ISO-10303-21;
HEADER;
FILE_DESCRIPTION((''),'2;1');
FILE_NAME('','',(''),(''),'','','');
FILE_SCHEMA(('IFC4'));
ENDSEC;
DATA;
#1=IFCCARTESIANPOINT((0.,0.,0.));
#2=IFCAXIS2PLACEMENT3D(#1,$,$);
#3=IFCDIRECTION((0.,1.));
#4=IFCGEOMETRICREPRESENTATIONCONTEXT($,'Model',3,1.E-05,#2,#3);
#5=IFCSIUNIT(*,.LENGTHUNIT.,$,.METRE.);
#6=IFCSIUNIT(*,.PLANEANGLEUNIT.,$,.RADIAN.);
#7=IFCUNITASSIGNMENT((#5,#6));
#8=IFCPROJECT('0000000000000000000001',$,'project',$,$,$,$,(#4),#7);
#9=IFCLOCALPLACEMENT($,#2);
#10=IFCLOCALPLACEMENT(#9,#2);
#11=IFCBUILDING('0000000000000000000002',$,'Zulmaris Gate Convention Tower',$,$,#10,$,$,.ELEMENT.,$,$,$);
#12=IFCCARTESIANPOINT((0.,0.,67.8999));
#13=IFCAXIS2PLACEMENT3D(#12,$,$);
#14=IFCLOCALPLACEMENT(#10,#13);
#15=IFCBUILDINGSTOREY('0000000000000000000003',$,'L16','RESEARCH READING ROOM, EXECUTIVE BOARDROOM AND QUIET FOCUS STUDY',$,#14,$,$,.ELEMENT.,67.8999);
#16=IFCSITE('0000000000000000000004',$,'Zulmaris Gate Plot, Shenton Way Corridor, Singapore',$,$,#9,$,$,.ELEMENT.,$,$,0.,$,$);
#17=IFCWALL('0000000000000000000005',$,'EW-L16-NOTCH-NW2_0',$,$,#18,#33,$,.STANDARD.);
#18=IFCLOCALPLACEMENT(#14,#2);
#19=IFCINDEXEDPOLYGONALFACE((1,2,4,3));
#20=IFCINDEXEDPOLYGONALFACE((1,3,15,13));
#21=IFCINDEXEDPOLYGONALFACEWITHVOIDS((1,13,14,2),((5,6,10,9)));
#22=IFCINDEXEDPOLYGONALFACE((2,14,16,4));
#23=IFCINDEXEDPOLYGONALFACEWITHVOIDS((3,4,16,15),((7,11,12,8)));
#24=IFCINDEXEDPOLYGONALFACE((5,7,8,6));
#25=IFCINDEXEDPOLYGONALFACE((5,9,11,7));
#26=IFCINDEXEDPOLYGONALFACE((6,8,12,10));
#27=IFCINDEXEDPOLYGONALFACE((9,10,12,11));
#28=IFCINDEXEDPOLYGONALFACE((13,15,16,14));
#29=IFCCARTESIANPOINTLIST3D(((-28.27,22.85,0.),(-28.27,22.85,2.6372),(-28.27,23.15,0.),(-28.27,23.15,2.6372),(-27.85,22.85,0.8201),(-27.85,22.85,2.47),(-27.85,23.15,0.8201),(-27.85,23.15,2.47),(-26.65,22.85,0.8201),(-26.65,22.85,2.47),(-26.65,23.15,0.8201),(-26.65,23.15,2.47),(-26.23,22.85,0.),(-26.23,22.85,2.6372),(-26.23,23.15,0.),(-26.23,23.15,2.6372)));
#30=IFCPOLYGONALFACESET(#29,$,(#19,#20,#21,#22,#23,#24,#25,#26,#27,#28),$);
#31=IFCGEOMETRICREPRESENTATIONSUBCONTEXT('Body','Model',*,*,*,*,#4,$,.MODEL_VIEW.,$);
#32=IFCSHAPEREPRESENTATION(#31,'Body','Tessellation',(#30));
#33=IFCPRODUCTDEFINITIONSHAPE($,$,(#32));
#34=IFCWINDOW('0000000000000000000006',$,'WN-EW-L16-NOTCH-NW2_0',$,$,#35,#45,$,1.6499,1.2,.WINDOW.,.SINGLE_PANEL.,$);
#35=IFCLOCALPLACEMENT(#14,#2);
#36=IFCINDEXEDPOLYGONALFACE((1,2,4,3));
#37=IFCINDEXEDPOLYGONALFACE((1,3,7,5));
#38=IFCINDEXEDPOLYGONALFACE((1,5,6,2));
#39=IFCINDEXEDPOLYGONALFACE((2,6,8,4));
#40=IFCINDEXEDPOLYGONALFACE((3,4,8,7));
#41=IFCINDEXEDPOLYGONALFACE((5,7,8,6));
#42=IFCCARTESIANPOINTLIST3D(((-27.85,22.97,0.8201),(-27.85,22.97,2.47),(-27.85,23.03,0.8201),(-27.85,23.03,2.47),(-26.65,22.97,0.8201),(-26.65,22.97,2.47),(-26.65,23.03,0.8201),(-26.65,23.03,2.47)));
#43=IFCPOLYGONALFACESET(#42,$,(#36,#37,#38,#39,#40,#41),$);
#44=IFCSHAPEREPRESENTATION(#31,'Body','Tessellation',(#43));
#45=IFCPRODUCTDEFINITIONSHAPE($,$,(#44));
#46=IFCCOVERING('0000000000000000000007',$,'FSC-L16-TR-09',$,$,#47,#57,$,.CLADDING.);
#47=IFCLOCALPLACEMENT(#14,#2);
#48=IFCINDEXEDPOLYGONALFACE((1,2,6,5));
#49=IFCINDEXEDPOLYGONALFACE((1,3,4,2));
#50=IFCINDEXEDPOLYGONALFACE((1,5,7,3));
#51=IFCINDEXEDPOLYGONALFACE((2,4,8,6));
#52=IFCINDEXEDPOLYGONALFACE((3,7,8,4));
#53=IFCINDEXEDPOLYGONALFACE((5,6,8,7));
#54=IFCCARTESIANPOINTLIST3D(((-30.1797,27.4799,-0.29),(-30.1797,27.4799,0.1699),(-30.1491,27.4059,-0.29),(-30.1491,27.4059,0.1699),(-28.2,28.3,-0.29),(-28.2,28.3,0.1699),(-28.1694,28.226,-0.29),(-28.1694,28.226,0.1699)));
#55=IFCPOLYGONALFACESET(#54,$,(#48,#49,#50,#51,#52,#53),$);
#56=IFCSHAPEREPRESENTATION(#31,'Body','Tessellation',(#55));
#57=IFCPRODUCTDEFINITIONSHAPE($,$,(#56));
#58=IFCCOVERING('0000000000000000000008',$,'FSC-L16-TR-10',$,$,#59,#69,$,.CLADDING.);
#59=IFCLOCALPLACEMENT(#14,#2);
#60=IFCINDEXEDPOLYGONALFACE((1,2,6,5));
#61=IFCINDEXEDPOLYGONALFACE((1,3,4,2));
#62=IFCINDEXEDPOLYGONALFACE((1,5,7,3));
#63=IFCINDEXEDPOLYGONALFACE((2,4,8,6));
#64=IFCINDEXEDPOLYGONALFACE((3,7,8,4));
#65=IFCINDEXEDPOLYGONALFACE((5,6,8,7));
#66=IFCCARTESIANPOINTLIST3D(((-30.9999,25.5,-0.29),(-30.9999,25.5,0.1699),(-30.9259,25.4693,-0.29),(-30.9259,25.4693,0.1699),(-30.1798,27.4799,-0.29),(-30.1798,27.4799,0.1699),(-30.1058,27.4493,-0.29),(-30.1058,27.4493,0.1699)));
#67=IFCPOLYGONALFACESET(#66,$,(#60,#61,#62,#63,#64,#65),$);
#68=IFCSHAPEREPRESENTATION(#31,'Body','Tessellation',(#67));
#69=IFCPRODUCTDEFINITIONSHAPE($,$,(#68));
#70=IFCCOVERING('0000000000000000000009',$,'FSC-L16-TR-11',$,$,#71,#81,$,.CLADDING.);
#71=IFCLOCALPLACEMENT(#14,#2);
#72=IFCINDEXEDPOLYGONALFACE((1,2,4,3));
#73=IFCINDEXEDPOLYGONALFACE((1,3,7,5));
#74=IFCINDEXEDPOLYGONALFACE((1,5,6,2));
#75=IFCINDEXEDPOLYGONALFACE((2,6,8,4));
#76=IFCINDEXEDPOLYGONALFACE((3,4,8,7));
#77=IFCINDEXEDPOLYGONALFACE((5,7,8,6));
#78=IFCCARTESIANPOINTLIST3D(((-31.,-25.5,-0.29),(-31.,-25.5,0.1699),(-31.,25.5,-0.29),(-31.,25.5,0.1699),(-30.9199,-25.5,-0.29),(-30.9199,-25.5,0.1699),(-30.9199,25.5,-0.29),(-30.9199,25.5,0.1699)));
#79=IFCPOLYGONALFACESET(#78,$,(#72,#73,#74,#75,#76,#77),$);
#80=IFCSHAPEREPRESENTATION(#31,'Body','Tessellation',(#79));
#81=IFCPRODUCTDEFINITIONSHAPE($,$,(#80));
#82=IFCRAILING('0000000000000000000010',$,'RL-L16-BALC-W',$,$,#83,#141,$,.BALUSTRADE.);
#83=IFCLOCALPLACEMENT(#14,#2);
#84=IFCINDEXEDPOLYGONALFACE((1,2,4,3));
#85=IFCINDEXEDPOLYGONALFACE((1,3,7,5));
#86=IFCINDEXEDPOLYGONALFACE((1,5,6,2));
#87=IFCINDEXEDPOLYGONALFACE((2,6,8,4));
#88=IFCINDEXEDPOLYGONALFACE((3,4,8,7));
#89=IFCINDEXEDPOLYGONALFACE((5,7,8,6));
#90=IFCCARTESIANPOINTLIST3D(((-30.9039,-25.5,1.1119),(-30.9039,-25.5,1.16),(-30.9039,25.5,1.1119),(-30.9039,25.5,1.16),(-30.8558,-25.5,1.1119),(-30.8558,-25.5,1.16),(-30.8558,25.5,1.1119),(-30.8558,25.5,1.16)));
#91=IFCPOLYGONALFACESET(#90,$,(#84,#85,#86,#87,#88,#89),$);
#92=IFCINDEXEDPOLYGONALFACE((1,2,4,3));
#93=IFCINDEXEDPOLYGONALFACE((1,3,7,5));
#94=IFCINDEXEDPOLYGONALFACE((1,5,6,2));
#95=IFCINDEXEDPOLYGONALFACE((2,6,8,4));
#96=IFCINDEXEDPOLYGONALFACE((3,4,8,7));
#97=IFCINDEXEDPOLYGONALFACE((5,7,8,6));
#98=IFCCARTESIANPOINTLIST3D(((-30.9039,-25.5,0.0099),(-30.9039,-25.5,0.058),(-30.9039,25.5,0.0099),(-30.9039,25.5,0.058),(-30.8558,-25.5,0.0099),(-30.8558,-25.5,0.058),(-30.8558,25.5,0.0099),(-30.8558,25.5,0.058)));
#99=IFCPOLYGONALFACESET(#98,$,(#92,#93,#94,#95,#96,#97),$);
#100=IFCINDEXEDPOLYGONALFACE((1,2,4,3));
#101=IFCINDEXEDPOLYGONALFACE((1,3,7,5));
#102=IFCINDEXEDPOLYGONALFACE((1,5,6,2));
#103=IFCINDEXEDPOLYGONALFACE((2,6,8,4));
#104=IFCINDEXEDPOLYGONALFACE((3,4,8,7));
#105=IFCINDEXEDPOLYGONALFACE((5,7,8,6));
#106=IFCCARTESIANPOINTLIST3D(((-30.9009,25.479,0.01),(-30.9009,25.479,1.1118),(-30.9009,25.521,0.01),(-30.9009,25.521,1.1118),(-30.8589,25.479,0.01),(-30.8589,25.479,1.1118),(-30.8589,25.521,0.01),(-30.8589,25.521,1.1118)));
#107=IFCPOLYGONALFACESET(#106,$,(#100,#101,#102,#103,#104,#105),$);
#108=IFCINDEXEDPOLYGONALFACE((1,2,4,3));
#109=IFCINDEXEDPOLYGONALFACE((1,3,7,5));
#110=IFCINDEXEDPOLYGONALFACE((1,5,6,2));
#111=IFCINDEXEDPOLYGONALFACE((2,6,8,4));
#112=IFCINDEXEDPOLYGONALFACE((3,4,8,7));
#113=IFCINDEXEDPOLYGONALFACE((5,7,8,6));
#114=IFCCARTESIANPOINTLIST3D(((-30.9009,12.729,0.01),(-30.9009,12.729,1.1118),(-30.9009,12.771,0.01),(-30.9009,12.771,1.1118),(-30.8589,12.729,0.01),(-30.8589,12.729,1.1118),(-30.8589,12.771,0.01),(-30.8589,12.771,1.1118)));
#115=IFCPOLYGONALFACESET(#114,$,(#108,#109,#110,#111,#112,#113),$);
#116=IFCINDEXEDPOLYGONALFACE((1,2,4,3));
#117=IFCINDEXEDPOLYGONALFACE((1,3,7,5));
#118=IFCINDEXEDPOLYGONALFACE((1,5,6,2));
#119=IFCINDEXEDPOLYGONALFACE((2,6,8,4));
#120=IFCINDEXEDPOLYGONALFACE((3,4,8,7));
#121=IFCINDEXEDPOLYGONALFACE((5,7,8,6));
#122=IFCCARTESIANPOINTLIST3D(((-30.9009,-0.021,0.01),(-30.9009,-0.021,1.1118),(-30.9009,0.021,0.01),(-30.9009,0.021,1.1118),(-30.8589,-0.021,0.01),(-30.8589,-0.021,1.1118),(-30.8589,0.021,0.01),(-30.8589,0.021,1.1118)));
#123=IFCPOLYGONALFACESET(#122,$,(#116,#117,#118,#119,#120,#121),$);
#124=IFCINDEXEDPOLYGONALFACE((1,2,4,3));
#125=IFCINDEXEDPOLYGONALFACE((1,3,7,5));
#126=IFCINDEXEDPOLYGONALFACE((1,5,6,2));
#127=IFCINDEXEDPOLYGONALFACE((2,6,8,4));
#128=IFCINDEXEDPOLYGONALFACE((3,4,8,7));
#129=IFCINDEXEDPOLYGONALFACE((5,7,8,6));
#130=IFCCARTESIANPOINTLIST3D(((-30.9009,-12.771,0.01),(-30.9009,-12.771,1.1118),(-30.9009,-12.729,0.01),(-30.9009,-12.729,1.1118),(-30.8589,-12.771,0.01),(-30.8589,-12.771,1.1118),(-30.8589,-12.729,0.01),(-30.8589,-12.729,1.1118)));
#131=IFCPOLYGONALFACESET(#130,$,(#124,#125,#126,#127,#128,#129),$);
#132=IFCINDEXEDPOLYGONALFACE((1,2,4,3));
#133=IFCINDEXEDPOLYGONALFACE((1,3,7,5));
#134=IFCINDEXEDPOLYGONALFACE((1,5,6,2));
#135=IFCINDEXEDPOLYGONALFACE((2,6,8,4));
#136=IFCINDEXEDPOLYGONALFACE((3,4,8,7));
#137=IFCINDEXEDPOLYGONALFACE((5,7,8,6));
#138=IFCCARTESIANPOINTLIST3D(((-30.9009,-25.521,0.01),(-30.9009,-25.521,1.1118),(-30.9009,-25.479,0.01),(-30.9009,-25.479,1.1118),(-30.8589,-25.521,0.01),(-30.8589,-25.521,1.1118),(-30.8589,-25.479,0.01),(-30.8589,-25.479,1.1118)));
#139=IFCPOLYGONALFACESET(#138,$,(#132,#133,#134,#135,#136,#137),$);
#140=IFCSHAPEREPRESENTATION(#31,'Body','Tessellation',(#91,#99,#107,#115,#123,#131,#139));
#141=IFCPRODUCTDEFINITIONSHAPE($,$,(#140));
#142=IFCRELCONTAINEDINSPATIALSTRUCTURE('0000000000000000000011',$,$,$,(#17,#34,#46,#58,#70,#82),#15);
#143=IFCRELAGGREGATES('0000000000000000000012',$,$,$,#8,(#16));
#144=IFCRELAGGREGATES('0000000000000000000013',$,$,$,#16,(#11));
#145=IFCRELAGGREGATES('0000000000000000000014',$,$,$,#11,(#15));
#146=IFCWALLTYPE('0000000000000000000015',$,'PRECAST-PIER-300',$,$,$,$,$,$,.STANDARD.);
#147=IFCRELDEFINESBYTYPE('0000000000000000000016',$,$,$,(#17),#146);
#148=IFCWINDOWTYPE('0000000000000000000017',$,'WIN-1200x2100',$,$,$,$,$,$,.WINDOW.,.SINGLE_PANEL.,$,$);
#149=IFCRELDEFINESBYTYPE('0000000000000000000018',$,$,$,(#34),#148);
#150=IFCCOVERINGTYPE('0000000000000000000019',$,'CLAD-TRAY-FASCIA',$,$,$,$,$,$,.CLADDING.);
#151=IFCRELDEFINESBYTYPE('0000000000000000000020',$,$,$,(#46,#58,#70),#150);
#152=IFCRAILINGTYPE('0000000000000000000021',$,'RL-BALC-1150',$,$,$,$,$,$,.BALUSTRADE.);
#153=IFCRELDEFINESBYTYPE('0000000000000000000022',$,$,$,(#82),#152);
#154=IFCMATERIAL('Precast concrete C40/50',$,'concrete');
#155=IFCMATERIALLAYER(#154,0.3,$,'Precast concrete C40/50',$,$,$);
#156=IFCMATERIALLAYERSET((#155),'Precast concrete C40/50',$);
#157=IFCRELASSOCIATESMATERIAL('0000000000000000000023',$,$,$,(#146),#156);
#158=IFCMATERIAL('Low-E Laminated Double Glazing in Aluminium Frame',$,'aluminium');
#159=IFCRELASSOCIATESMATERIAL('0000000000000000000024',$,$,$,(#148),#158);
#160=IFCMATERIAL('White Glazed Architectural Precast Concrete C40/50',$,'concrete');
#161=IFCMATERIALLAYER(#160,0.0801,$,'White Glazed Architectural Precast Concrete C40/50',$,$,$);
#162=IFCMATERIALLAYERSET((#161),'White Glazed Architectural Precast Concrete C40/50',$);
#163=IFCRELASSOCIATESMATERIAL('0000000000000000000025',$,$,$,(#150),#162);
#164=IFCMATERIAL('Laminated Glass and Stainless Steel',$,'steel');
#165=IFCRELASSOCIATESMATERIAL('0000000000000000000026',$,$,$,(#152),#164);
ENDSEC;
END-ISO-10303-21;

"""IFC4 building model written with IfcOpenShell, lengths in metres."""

from ifc_helpers import new_model, si_unit, direction, frame, frame_2d, origin, origin_2d, place, context, subcontext, project, spatial, rectangle, extrude, material, layer, layer_set, type_object, element, fill, save


model = new_model("IFC4")

# Units and contexts
model_context = context("Model", 3, precision=1e-05, world=origin(), true_north=direction((0.0, 1.0)))
body_context = subcontext(model_context, "Body", "Model", "MODEL_VIEW")
ifc_project = project(units=[si_unit("LENGTHUNIT", "METRE"), si_unit("PLANEANGLEUNIT", "RADIAN")], contexts=[model_context])

# Site, building, storey
site_placement = place(None, origin())
site = spatial("IfcSite", under=ifc_project, at=site_placement, Name="Zulmaris Gate Plot, Shenton Way Corridor, Singapore", CompositionType="ELEMENT", RefElevation=0.0)
building_placement = place(site_placement, origin())
building = spatial("IfcBuilding", under=site, at=building_placement, Name="Zulmaris Gate Convention Tower", CompositionType="ELEMENT")
storey_placement = place(building_placement, frame((0.0, 0.0, 67.8999)))
storey = spatial("IfcBuildingStorey", under=building, at=storey_placement, Name="L16", Description="RESEARCH READING ROOM, EXECUTIVE BOARDROOM AND QUIET FOCUS STUDY", CompositionType="ELEMENT", Elevation=67.8999)

# Wall, opening, window
ifc_material_1 = material(Name="Precast concrete C40/50", Category="concrete")
ifc_layer_1 = layer(ifc_material_1, 0.3, Name="Precast concrete C40/50")
ifc_layer_set_1 = layer_set([ifc_layer_1], Name="Precast concrete C40/50")
wall_type = type_object("IfcWallType", Name="PRECAST-PIER-300", PredefinedType="STANDARD", material=ifc_layer_set_1)
ifc_material_2 = material(Name="Low-E Laminated Double Glazing in Aluminium Frame", Category="aluminium")
window_type = type_object("IfcWindowType", Name="WIN-1200x2100", PartitioningType="SINGLE_PANEL", PredefinedType="WINDOW", material=ifc_material_2)
wall_1_placement = place(storey_placement, frame((-26.23, 23.0, 0.0), z_axis=(0.0, 0.0, 1.0), x_axis=(-1.0, 0.0, 0.0)))
wall_1 = element("IfcWall", 1, at=wall_1_placement, inside=storey, type_object=wall_type, Name="EW-L16-NOTCH-NW2_0", PredefinedType="STANDARD", context=body_context, shape_type="SweptSolid", body=[
    extrude(rectangle(XDim=2.04, YDim=0.3, at=frame_2d((1.02, 0.0))), origin(), (0.0, 0.0, 1.0), 2.6372),
])
opening_1_placement = place(wall_1_placement, frame((0.4199, 0.0, 0.8201)))
opening_1 = element("IfcOpeningElement", 2, at=opening_1_placement, cuts=wall_1, PredefinedType="OPENING", context=body_context, shape_type="SweptSolid", body=[
    extrude(rectangle(XDim=1.2, YDim=1.6499, at=frame_2d((0.6001, 0.825))), frame((0.0, 0.1602, 0.0), z_axis=(0.0, -1.0, 0.0), x_axis=(1.0, 0.0, 0.0)), (0.0, 0.0, 1.0), 0.3201),
])
window_1_placement = place(opening_1_placement, origin())
window_1 = element("IfcWindow", 3, at=window_1_placement, inside=storey, type_object=window_type, Name="WN-EW-L16-NOTCH-NW2_0", OverallHeight=1.6499, OverallWidth=1.2, PartitioningType="SINGLE_PANEL", PredefinedType="WINDOW", context=body_context, shape_type="SweptSolid", body=[
    extrude(rectangle(XDim=1.2, YDim=1.6499, at=frame_2d((0.6001, 0.825))), frame((0.0, 0.03, 0.0), z_axis=(0.0, -1.0, 0.0), x_axis=(1.0, 0.0, 0.0)), (0.0, 0.0, 1.0), 0.0601),
])
fill(opening_1, window_1)

# Coverings
ifc_material_3 = material(Name="White Glazed Architectural Precast Concrete C40/50", Category="concrete")
ifc_layer_2 = layer(ifc_material_3, 0.0801, Name="White Glazed Architectural Precast Concrete C40/50")
ifc_layer_set_2 = layer_set([ifc_layer_2], Name="White Glazed Architectural Precast Concrete C40/50")
covering_type = type_object("IfcCoveringType", Name="CLAD-TRAY-FASCIA", PredefinedType="CLADDING", material=ifc_layer_set_2)
covering_1_placement = place(storey_placement, frame((-28.1848, 28.2629, -0.29), z_axis=(0.0, 0.0, 1.0), x_axis=(-0.923874, -0.382697, 0.0)))
element("IfcCovering", 4, at=covering_1_placement, inside=storey, type_object=covering_type, Name="FSC-L16-TR-09", PredefinedType="CLADDING", context=body_context, shape_type="SweptSolid", body=[
    extrude(rectangle(XDim=2.1428, YDim=0.0801, at=frame_2d((1.0713, 0.0))), origin(), (0.0, 0.0, 1.0), 0.46),
])
covering_2_placement = place(storey_placement, frame((-30.1428, 27.4646, -0.29), z_axis=(0.0, 0.0, 1.0), x_axis=(-0.382657, -0.92389, 0.0)))
element("IfcCovering", 5, at=covering_2_placement, inside=storey, type_object=covering_type, Name="FSC-L16-TR-10", PredefinedType="CLADDING", context=body_context, shape_type="SweptSolid", body=[
    extrude(rectangle(XDim=2.1431, YDim=0.0801, at=frame_2d((1.0715, 0.0))), origin(), (0.0, 0.0, 1.0), 0.46),
])
covering_3_placement = place(storey_placement, frame((-30.96, 25.5, -0.29), z_axis=(0.0, 0.0, 1.0), x_axis=(0.0, -1.0, 0.0)))
element("IfcCovering", 6, at=covering_3_placement, inside=storey, type_object=covering_type, Name="FSC-L16-TR-11", PredefinedType="CLADDING", context=body_context, shape_type="SweptSolid", body=[
    extrude(rectangle(XDim=51.0, YDim=0.0801, at=frame_2d((25.5, 0.0))), origin(), (0.0, 0.0, 1.0), 0.46),
])

# Railing
ifc_material_4 = material(Name="Laminated Glass and Stainless Steel", Category="steel")
railing_type = type_object("IfcRailingType", Name="RL-BALC-1150", PredefinedType="BALUSTRADE", material=ifc_material_4)
railing_placement = place(storey_placement, frame((-30.8799, 25.5, 0.01)))
element("IfcRailing", 7, at=railing_placement, inside=storey, type_object=railing_type, Name="RL-L16-BALC-W", PredefinedType="BALUSTRADE", context=body_context, shape_type="SweptSolid", body=[
    extrude(rectangle(XDim=0.0481, YDim=0.0481, at=origin_2d()), frame((0.0, 0.0, 1.126), z_axis=(0.0, -1.0, 0.0), x_axis=(1.0, 0.0, 0.0)), (0.0, 0.0, 1.0), 51.0),
    extrude(rectangle(XDim=0.0481, YDim=0.0481, at=origin_2d()), frame((0.0, 0.0, 0.0239), z_axis=(0.0, -1.0, 0.0), x_axis=(1.0, 0.0, 0.0)), (0.0, 0.0, 1.0), 51.0),
    extrude(rectangle(XDim=0.042, YDim=0.042, at=origin_2d()), origin(), (0.0, 0.0, 1.0), 1.1018),
    extrude(rectangle(XDim=0.042, YDim=0.042, at=origin_2d()), frame((0.0, -12.75, 0.0)), (0.0, 0.0, 1.0), 1.1018),
    extrude(rectangle(XDim=0.042, YDim=0.042, at=origin_2d()), frame((0.0, -25.5, 0.0)), (0.0, 0.0, 1.0), 1.1018),
    extrude(rectangle(XDim=0.042, YDim=0.042, at=origin_2d()), frame((0.0, -38.25, 0.0)), (0.0, 0.0, 1.0), 1.1018),
    extrude(rectangle(XDim=0.042, YDim=0.042, at=origin_2d()), frame((0.0, -51.0, 0.0)), (0.0, 0.0, 1.0), 1.1018),
])

save(model, "model.ifc")
